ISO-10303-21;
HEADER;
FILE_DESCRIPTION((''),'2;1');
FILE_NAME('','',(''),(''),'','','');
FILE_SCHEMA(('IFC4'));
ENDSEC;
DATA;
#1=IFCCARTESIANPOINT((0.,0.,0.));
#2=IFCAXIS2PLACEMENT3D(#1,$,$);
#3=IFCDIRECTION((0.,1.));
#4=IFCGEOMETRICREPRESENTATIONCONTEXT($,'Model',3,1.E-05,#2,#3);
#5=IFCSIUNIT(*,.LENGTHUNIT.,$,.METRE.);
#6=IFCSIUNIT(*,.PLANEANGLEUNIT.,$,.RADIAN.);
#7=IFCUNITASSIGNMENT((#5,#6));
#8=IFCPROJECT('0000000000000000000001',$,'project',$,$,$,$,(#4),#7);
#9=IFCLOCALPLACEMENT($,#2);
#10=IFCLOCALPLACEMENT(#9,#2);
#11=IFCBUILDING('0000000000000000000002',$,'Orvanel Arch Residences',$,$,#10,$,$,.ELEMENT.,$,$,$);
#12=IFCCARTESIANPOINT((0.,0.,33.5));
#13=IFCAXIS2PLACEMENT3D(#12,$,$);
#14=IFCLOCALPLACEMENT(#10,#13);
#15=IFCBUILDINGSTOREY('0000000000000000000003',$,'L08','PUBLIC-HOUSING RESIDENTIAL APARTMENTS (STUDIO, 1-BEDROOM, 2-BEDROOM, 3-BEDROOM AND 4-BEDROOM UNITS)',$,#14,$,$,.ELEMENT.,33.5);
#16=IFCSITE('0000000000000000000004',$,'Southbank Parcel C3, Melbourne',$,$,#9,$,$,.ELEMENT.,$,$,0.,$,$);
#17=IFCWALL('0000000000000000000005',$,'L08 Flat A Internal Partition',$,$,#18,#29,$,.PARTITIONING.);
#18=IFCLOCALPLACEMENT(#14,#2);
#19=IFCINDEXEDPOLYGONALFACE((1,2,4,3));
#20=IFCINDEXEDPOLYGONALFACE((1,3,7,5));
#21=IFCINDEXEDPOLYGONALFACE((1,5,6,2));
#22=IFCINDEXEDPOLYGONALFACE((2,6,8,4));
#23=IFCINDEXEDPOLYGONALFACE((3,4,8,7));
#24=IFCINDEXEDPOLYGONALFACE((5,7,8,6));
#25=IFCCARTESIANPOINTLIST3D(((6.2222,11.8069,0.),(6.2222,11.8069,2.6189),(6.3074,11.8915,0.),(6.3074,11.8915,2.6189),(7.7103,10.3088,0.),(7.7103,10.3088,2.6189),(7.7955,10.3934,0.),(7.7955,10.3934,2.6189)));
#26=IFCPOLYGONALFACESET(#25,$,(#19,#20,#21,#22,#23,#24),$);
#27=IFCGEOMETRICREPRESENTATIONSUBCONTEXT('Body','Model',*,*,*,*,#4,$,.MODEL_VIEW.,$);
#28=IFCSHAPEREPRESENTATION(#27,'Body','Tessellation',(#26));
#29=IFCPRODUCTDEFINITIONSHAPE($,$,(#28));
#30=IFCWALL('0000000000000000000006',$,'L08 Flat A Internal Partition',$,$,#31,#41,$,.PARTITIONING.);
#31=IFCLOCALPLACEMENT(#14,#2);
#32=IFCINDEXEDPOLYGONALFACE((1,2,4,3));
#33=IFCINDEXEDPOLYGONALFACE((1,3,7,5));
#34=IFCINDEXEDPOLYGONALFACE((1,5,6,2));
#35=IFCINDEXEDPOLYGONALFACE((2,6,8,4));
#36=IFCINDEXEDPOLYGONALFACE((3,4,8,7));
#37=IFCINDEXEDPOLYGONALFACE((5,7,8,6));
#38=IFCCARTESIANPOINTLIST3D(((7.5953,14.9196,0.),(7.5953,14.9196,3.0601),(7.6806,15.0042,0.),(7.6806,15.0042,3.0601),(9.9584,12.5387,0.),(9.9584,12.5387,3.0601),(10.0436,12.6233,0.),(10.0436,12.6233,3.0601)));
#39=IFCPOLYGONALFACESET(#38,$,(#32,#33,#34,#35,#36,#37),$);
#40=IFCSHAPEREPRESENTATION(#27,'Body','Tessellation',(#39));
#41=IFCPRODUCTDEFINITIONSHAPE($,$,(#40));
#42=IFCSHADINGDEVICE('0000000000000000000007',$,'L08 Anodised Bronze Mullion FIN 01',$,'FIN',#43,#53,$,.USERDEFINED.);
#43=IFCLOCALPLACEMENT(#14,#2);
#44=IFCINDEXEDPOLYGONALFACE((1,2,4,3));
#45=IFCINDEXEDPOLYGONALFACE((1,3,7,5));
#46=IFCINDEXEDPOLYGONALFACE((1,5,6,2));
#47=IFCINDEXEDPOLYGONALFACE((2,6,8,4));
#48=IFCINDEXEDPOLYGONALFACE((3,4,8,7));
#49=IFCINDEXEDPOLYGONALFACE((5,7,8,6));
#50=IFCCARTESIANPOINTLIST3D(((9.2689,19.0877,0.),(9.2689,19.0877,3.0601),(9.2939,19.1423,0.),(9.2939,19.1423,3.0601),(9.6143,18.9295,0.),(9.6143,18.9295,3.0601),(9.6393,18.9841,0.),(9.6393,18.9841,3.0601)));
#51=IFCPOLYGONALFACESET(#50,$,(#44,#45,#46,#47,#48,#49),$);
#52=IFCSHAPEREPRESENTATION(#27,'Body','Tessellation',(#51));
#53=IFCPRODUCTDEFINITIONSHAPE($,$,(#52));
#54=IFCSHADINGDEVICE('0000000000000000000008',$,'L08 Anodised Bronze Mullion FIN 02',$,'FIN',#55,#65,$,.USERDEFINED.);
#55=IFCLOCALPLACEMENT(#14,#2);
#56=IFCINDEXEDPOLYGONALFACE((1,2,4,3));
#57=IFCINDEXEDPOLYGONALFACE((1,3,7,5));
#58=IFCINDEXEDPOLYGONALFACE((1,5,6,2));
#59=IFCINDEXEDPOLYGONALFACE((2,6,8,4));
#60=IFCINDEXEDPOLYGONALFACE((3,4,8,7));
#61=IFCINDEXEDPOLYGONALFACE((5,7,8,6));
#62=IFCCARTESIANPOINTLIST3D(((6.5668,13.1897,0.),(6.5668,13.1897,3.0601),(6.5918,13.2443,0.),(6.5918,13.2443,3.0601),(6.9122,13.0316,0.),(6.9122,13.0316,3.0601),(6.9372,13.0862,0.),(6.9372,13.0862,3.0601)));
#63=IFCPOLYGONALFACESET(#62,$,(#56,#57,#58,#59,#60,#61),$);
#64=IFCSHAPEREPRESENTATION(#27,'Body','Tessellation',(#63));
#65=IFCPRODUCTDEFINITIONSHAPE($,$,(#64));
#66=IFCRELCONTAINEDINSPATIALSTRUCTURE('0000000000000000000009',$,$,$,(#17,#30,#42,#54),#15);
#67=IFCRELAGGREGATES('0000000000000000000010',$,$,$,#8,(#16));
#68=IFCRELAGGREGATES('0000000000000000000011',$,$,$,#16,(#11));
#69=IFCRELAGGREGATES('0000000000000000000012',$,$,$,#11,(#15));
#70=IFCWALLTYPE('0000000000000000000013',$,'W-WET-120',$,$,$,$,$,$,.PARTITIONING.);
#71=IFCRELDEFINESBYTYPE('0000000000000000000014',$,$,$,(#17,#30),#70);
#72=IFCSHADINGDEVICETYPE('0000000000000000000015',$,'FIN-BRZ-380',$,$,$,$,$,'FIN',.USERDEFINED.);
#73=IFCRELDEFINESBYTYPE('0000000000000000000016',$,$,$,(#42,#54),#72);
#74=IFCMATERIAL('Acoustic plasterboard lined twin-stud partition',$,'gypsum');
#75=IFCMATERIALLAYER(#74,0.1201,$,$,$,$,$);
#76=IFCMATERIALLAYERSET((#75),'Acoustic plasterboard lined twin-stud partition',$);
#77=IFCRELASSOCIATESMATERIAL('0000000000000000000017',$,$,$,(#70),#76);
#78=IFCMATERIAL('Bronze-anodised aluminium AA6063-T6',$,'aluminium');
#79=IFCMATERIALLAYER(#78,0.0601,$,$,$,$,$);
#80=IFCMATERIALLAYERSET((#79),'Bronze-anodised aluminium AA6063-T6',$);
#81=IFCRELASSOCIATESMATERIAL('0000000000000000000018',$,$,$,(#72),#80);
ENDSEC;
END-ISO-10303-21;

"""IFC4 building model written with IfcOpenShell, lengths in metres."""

from ifc_helpers import new_model, si_unit, direction, frame, frame_2d, origin, origin_2d, place, context, subcontext, project, spatial, rectangle, extrude, material, layer, layer_set, type_object, element, save


model = new_model("IFC4")

# Units and contexts
model_context = context("Model", 3, precision=1e-05, world=origin(), true_north=direction((0.0, 1.0)))
body_context = subcontext(model_context, "Body", "Model", "MODEL_VIEW")
ifc_project = project(units=[si_unit("LENGTHUNIT", "METRE"), si_unit("PLANEANGLEUNIT", "RADIAN")], contexts=[model_context])

# Site, building, storey
site_placement = place(None, origin())
site = spatial("IfcSite", under=ifc_project, at=site_placement, Name="Southbank Parcel C3, Melbourne", CompositionType="ELEMENT", RefElevation=0.0)
building_placement = place(site_placement, origin())
building = spatial("IfcBuilding", under=site, at=building_placement, Name="Orvanel Arch Residences", CompositionType="ELEMENT")
storey_placement = place(building_placement, frame((0.0, 0.0, 33.5)))
storey = spatial("IfcBuildingStorey", under=building, at=storey_placement, Name="L08", Description="PUBLIC-HOUSING RESIDENTIAL APARTMENTS (STUDIO, 1-BEDROOM, 2-BEDROOM, 3-BEDROOM AND 4-BEDROOM UNITS)", CompositionType="ELEMENT", Elevation=33.5)

# Shared definitions
ifc_material_1 = material(Name="Bronze-anodised aluminium AA6063-T6", Category="aluminium")

# Shared definitions
ifc_material_2 = material(Name="Acoustic plasterboard lined twin-stud partition", Category="gypsum")

# Walls
ifc_layer_1 = layer(ifc_material_2, 0.1201)
ifc_layer_set_1 = layer_set([ifc_layer_1], Name="Acoustic plasterboard lined twin-stud partition")
wall_type_1 = type_object("IfcWallType", Name="W-WET-120", PredefinedType="PARTITIONING", material=ifc_layer_set_1)
wall_1_placement = place(storey_placement, frame((6.2649, 11.8491, 0.0), z_axis=(0.0, 0.0, 1.0), x_axis=(0.704733, -0.709473, 0.0)))
element("IfcWall", 1, at=wall_1_placement, inside=storey, type_object=wall_type_1, Name="L08 Flat A Internal Partition", PredefinedType="PARTITIONING", context=body_context, shape_type="SweptSolid", body=[
    extrude(rectangle(XDim=2.1116, YDim=0.1201, at=frame_2d((1.0557, 0.0))), origin(), (0.0, 0.0, 1.0), 2.6189),
])
wall_2_placement = place(storey_placement, frame((7.6379, 14.9619, 0.0), z_axis=(0.0, 0.0, 1.0), x_axis=(0.704445, -0.709758, 0.0)))
element("IfcWall", 2, at=wall_2_placement, inside=storey, type_object=wall_type_1, Name="L08 Flat A Internal Partition", PredefinedType="PARTITIONING", context=body_context, shape_type="SweptSolid", body=[
    extrude(rectangle(XDim=3.3545, YDim=0.1201, at=frame_2d((1.6772, 0.0))), origin(), (0.0, 0.0, 1.0), 3.0601),
])

# Shading devices
ifc_layer_2 = layer(ifc_material_1, 0.0601)
ifc_layer_set_2 = layer_set([ifc_layer_2], Name="Bronze-anodised aluminium AA6063-T6")
shading_device_type = type_object("IfcShadingDeviceType", Name="FIN-BRZ-380", ElementType="FIN", PredefinedType="USERDEFINED", material=ifc_layer_set_2)
for number, where, z_axis, x_axis, name in (
    (3, (9.4541, 19.0359, 0.0), (0.0, 0.0, 1.0), (-0.909236, 0.416281, 0.0), "L08 Anodised Bronze Mullion FIN 01"),
    (4, (6.752, 13.1379, 0.0), (0.0, 0.0, 1.0), (-0.909236, 0.416281, 0.0), "L08 Anodised Bronze Mullion FIN 02"),
):
    element("IfcShadingDevice", number, at=place(storey_placement, frame(where, z_axis=z_axis, x_axis=x_axis)), inside=storey, type_object=shading_device_type, Name=name, ObjectType="FIN", PredefinedType="USERDEFINED", context=body_context, shape_type="SweptSolid", body=[
        extrude(rectangle(XDim=0.3799, YDim=0.0601, at=origin_2d()), origin(), (0.0, 0.0, 1.0), 3.0601),
    ])

save(model, "model.ifc")
